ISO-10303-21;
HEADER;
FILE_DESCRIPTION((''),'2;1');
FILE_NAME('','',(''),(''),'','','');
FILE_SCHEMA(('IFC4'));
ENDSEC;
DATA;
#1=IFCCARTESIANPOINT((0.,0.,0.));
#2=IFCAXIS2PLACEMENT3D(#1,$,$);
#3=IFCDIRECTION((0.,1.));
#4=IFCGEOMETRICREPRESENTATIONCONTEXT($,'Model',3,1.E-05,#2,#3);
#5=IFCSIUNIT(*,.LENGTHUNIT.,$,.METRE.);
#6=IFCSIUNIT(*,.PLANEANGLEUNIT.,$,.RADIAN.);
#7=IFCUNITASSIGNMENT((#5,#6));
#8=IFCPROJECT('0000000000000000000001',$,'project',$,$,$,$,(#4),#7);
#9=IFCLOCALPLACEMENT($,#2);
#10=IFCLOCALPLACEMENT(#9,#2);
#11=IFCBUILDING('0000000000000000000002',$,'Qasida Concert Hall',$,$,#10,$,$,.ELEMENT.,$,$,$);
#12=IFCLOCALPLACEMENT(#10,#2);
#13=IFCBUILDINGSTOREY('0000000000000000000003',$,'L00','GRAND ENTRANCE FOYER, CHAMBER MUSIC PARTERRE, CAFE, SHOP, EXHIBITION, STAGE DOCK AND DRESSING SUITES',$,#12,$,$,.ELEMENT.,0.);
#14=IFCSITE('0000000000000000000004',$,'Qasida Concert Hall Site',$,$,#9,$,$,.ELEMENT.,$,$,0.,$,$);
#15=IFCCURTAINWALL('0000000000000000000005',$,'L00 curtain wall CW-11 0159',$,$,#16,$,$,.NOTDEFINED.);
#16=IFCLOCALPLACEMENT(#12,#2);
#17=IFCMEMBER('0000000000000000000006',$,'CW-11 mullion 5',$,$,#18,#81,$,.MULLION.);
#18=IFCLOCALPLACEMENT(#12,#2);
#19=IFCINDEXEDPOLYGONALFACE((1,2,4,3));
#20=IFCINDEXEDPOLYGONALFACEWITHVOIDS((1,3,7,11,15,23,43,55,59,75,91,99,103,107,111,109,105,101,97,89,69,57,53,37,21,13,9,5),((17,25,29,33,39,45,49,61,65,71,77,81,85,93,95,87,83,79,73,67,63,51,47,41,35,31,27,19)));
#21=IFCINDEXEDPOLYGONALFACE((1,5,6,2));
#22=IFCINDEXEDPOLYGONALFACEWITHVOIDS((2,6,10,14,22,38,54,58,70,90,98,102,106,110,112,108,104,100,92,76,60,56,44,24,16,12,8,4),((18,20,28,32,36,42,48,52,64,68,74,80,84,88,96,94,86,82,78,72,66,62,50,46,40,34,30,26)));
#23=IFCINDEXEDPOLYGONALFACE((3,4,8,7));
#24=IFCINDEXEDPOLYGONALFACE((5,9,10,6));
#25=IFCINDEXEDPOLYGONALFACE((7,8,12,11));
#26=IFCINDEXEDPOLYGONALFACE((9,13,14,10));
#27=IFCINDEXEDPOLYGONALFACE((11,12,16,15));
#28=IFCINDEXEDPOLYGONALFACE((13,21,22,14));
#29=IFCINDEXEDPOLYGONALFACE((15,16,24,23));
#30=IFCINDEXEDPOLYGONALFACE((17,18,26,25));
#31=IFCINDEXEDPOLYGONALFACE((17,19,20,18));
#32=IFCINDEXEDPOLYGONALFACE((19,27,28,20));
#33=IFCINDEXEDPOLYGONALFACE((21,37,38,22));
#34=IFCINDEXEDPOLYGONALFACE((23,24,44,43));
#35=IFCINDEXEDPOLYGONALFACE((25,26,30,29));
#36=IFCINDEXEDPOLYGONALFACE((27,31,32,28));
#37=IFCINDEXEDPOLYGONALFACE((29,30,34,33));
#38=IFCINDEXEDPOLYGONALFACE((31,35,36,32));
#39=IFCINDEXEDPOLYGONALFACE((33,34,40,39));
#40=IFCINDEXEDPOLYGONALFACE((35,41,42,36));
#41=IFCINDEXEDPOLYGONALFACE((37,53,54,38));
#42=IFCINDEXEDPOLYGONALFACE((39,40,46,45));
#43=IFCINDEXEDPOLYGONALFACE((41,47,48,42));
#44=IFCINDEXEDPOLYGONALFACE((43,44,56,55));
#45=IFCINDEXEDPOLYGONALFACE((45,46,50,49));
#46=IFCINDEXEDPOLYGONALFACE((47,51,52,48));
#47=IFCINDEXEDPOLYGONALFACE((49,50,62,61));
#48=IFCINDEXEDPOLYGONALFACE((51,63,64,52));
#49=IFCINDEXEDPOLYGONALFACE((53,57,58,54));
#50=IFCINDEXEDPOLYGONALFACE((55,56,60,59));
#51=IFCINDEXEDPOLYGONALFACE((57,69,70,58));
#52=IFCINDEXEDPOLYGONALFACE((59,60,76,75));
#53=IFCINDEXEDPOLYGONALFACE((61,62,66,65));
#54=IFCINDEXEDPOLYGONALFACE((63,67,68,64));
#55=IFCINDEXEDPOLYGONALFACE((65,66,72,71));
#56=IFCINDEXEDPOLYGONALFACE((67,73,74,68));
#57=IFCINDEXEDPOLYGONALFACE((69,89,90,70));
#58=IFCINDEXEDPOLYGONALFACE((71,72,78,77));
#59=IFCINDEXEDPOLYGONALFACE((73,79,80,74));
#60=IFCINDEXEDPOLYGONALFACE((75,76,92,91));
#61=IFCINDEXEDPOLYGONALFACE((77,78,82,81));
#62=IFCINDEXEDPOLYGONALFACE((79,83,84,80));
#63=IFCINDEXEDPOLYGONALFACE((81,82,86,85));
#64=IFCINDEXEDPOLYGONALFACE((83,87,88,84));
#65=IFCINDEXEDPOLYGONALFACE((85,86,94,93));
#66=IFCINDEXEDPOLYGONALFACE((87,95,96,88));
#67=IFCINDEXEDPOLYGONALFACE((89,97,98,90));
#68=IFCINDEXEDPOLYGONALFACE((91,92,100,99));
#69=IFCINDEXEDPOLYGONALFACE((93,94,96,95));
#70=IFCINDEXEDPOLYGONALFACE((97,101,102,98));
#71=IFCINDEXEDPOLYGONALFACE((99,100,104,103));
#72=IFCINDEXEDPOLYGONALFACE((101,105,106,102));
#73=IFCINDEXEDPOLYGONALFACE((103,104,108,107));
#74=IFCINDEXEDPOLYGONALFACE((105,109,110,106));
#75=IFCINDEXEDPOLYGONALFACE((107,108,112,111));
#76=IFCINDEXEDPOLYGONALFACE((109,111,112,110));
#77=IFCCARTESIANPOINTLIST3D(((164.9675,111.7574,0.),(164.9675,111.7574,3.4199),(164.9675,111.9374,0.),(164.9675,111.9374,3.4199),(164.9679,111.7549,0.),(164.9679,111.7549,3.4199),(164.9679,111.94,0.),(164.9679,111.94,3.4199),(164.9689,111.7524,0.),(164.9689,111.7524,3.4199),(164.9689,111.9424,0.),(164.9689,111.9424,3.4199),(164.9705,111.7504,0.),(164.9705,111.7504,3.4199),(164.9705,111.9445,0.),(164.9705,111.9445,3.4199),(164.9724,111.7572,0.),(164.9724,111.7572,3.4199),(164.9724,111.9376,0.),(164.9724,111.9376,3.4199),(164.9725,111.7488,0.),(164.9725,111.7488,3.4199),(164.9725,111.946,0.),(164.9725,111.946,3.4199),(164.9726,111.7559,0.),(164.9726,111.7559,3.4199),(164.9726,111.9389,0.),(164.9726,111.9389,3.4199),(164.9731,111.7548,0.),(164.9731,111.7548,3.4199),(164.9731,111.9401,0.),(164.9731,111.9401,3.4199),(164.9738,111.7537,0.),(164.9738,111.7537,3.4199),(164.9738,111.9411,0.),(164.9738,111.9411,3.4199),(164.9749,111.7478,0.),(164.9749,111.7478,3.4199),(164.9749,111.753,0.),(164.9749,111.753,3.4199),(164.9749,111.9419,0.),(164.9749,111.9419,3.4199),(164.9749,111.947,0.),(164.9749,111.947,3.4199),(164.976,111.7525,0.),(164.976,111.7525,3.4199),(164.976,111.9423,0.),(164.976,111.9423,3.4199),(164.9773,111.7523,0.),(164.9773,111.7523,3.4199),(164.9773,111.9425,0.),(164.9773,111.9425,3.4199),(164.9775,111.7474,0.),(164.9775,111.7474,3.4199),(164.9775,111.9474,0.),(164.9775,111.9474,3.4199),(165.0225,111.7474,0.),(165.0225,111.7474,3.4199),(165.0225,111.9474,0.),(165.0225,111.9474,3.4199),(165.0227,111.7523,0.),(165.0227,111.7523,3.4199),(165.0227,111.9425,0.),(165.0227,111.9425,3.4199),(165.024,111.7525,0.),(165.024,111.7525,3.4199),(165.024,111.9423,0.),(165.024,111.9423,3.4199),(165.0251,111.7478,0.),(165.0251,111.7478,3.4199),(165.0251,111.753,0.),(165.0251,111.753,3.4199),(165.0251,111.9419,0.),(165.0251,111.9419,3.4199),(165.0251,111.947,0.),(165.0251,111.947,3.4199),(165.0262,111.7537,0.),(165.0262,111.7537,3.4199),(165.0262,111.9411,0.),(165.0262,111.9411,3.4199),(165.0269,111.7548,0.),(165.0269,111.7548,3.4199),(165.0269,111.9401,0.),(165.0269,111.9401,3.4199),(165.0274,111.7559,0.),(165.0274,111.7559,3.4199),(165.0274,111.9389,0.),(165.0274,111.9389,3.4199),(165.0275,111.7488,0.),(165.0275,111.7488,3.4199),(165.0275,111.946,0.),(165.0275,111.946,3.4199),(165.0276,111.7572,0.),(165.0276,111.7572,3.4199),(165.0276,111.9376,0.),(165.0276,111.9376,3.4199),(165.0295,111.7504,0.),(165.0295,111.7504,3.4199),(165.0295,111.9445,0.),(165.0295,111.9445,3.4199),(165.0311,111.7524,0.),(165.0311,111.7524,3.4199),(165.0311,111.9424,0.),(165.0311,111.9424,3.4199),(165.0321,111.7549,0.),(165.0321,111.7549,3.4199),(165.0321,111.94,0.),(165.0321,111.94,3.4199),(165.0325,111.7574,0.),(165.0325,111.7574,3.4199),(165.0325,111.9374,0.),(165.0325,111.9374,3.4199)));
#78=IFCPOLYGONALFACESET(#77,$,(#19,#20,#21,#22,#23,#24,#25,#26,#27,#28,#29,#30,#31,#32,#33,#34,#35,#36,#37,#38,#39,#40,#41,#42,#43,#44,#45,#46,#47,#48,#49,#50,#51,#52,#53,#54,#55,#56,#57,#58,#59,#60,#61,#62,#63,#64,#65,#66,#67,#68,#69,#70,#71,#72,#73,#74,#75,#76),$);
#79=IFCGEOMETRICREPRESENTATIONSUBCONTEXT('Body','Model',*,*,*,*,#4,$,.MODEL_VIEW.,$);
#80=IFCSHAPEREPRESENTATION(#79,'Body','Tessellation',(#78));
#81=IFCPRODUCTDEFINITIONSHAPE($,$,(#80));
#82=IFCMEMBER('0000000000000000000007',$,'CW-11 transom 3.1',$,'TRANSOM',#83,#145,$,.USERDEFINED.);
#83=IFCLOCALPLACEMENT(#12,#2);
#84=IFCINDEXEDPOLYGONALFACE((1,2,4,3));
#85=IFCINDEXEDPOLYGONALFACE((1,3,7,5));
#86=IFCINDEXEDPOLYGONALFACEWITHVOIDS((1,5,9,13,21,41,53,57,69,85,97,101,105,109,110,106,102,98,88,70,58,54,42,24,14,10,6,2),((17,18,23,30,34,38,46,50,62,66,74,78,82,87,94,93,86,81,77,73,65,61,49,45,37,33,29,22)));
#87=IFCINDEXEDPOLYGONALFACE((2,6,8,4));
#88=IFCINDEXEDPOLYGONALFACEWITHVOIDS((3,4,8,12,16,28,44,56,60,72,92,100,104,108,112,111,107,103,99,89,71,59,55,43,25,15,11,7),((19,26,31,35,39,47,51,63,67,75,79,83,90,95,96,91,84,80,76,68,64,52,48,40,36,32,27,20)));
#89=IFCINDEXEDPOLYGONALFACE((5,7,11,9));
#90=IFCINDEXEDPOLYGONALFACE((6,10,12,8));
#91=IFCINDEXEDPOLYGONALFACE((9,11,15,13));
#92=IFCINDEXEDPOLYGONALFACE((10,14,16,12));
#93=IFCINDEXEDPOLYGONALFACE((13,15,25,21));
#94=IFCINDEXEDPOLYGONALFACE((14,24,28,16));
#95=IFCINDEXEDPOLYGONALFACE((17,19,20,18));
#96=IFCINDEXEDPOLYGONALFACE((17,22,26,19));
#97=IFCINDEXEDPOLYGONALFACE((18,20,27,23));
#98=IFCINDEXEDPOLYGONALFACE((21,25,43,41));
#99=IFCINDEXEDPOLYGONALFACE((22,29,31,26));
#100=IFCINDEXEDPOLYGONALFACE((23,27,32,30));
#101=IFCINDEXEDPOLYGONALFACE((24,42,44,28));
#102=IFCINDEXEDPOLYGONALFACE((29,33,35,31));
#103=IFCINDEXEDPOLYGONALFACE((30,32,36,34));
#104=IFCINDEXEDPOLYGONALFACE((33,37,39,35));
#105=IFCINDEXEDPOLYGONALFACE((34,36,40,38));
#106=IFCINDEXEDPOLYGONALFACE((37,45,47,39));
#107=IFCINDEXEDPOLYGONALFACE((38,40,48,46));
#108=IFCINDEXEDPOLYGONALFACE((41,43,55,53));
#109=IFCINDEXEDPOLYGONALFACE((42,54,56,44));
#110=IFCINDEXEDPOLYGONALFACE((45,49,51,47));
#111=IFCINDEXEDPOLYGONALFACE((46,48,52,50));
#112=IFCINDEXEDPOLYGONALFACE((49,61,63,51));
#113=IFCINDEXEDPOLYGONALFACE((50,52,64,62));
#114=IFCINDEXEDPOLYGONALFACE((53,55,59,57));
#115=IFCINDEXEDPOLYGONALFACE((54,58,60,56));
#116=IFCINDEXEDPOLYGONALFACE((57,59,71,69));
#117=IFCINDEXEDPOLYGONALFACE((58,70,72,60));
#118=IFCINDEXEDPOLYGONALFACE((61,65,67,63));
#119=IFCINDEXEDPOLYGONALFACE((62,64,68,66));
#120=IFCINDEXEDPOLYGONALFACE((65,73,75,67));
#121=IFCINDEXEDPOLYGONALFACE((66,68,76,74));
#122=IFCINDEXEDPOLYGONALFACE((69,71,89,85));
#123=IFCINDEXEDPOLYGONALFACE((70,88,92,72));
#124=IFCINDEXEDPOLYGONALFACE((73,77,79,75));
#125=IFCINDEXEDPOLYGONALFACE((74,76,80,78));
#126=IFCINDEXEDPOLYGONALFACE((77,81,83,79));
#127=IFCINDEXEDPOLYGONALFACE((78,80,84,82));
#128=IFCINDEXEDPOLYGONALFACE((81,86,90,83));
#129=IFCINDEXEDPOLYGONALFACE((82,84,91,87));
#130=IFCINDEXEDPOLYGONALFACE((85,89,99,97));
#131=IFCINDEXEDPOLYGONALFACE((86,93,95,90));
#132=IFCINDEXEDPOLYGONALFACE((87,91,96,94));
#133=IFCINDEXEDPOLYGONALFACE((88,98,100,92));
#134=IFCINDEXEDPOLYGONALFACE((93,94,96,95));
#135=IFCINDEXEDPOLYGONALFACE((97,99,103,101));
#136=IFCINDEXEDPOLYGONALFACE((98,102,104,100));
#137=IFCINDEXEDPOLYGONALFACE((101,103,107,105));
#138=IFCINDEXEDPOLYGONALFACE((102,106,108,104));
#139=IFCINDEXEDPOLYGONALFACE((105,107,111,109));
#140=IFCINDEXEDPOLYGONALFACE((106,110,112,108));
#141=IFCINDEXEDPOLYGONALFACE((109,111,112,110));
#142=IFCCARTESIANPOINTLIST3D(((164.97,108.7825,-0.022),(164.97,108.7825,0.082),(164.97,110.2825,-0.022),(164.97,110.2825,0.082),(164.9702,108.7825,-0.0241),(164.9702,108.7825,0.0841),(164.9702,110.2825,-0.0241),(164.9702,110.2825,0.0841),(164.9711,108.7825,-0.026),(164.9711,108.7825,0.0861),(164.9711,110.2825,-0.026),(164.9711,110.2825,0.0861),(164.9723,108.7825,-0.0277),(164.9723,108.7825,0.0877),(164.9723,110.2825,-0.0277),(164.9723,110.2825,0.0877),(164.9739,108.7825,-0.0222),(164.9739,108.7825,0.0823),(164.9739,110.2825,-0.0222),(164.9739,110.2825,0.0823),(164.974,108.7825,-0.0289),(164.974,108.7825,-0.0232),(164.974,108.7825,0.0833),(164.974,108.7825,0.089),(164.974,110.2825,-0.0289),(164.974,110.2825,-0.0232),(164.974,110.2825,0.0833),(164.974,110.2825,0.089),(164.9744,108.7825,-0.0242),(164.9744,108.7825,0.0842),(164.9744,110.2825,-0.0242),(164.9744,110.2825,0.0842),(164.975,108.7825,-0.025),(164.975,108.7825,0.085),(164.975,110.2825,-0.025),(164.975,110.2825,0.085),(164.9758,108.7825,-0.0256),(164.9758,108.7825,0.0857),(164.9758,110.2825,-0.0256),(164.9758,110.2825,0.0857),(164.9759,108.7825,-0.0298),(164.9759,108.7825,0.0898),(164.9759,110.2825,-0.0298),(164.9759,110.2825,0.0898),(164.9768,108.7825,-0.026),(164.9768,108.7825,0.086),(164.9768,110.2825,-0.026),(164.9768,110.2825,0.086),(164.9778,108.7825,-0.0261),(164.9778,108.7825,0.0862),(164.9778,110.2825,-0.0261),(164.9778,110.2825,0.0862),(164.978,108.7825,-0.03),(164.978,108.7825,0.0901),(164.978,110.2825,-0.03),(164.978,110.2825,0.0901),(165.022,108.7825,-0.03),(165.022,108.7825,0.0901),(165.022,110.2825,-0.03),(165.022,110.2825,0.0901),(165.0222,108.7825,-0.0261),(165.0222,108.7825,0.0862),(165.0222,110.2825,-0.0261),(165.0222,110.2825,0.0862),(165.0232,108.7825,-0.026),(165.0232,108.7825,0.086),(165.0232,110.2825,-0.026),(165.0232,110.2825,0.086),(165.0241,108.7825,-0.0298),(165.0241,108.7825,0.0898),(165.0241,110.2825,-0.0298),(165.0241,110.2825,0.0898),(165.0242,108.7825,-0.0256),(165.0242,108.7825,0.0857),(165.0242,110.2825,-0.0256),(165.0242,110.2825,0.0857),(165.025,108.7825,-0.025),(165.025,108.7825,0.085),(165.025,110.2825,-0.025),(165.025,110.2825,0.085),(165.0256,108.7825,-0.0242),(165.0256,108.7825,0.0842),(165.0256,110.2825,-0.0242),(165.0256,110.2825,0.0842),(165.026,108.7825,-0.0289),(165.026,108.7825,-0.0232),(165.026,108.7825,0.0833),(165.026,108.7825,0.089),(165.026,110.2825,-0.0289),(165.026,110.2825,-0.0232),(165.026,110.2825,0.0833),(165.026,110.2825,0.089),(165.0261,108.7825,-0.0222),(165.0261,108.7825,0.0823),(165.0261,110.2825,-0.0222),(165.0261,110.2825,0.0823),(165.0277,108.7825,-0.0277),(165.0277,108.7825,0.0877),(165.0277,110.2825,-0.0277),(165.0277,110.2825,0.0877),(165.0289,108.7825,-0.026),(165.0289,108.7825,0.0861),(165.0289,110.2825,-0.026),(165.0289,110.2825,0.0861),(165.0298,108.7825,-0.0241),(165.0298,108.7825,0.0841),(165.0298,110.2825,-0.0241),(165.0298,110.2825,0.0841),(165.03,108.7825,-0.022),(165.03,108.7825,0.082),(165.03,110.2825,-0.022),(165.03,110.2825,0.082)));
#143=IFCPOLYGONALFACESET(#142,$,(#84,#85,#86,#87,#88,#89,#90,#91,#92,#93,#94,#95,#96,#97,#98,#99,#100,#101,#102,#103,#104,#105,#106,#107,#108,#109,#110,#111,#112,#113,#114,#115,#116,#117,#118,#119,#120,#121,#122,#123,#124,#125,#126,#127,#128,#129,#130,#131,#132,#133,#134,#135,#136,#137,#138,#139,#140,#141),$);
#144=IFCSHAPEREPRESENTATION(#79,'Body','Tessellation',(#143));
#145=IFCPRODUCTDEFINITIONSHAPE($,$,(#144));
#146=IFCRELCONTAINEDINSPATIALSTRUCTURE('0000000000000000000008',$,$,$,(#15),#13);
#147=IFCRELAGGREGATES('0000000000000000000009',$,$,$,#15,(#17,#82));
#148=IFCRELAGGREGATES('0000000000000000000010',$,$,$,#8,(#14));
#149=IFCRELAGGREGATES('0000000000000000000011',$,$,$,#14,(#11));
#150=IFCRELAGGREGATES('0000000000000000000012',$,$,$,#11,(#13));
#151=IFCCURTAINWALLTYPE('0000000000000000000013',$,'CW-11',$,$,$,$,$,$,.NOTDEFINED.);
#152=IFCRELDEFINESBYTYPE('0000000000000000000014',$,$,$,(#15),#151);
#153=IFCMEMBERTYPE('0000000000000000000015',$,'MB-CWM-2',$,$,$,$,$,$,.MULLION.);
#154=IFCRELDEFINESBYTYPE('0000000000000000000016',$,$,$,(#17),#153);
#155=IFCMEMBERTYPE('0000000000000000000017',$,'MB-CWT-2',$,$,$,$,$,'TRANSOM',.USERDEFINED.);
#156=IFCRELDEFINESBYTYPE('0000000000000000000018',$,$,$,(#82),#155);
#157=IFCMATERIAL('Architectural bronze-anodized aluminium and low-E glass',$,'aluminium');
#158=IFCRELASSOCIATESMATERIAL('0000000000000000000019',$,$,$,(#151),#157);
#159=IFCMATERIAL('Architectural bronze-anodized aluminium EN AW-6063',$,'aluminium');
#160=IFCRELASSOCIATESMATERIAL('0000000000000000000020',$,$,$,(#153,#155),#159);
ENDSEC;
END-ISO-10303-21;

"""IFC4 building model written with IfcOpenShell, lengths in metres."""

from ifc_helpers import new_model, si_unit, direction, frame, origin, origin_2d, place, context, subcontext, project, spatial, hollow_rectangle, extrude, material, material_profile, profile_set, type_object, element, aggregate, save


model = new_model("IFC4")

# Units and contexts
model_context = context("Model", 3, precision=1e-05, world=origin(), true_north=direction((0.0, 1.0)))
body_context = subcontext(model_context, "Body", "Model", "MODEL_VIEW")
ifc_project = project(units=[si_unit("LENGTHUNIT", "METRE"), si_unit("PLANEANGLEUNIT", "RADIAN")], contexts=[model_context])

# Site, building, storey
site_placement = place(None, origin())
site = spatial("IfcSite", under=ifc_project, at=site_placement, Name="Qasida Concert Hall Site", CompositionType="ELEMENT", RefElevation=0.0)
building_placement = place(site_placement, origin())
building = spatial("IfcBuilding", under=site, at=building_placement, Name="Qasida Concert Hall", CompositionType="ELEMENT")
storey_placement = place(building_placement, origin())
storey = spatial("IfcBuildingStorey", under=building, at=storey_placement, Name="L00", Description="GRAND ENTRANCE FOYER, CHAMBER MUSIC PARTERRE, CAFE, SHOP, EXHIBITION, STAGE DOCK AND DRESSING SUITES", CompositionType="ELEMENT", Elevation=0.0)

# Curtain wall, members
ifc_material_1 = material(Name="Architectural bronze-anodized aluminium and low-E glass", Category="aluminium")
curtain_wall_type = type_object("IfcCurtainWallType", Name="CW-11", PredefinedType="NOTDEFINED", material=ifc_material_1)
curtain_wall_placement = place(storey_placement, origin())
curtain_wall = element("IfcCurtainWall", 1, at=curtain_wall_placement, inside=storey, type_object=curtain_wall_type, Name="L00 curtain wall CW-11 0159", PredefinedType="NOTDEFINED")
ifc_material_2 = material(Name="Architectural bronze-anodized aluminium EN AW-6063", Category="aluminium")
ifc_material_profile_1 = material_profile(ifc_material_2, hollow_rectangle(XDim=0.0649, YDim=0.2, WallThickness=0.0049, InnerFilletRadius=0.0049, OuterFilletRadius=0.01, at=origin_2d()), Name="CWM 200x65x5")
ifc_profile_set_1 = profile_set([ifc_material_profile_1], Name="Architectural bronze-anodized aluminium EN AW-6063")
member_type_1 = type_object("IfcMemberType", Name="MB-CWM-2", PredefinedType="MULLION", material=ifc_profile_set_1)
member_1_placement = place(storey_placement, frame((165.0, 111.8474, 0.0), z_axis=(0.0, 0.0, 1.0), x_axis=(-1.0, 0.0, 0.0)))
member_1 = element("IfcMember", 2, at=member_1_placement, type_object=member_type_1, Name="CW-11 mullion 5", PredefinedType="MULLION", context=body_context, shape_type="SweptSolid", body=[
    extrude(hollow_rectangle(XDim=0.0649, YDim=0.2, WallThickness=0.0049, InnerFilletRadius=0.0049, OuterFilletRadius=0.01, at=origin_2d()), origin(), (0.0, 0.0, 1.0), 3.4199),
])
ifc_material_profile_2 = material_profile(ifc_material_2, hollow_rectangle(XDim=0.0601, YDim=0.1201, WallThickness=0.0039, InnerFilletRadius=0.0039, OuterFilletRadius=0.0081, at=origin_2d()), Name="CWT 120x60x4")
ifc_profile_set_2 = profile_set([ifc_material_profile_2], Name="Architectural bronze-anodized aluminium EN AW-6063")
member_type_2 = type_object("IfcMemberType", Name="MB-CWT-2", ElementType="TRANSOM", PredefinedType="USERDEFINED", material=ifc_profile_set_2)
member_2_placement = place(storey_placement, frame((165.0, 108.7825, 0.03), z_axis=(0.0, 1.0, 0.0), x_axis=(-1.0, 0.0, 0.0)))
member_2 = element("IfcMember", 3, at=member_2_placement, type_object=member_type_2, Name="CW-11 transom 3.1", ObjectType="TRANSOM", PredefinedType="USERDEFINED", context=body_context, shape_type="SweptSolid", body=[
    extrude(hollow_rectangle(XDim=0.0601, YDim=0.1201, WallThickness=0.0039, InnerFilletRadius=0.0039, OuterFilletRadius=0.0081, at=origin_2d()), origin(), (0.0, 0.0, 1.0), 1.5),
])
aggregate(curtain_wall, [member_1, member_2])

save(model, "model.ifc")
